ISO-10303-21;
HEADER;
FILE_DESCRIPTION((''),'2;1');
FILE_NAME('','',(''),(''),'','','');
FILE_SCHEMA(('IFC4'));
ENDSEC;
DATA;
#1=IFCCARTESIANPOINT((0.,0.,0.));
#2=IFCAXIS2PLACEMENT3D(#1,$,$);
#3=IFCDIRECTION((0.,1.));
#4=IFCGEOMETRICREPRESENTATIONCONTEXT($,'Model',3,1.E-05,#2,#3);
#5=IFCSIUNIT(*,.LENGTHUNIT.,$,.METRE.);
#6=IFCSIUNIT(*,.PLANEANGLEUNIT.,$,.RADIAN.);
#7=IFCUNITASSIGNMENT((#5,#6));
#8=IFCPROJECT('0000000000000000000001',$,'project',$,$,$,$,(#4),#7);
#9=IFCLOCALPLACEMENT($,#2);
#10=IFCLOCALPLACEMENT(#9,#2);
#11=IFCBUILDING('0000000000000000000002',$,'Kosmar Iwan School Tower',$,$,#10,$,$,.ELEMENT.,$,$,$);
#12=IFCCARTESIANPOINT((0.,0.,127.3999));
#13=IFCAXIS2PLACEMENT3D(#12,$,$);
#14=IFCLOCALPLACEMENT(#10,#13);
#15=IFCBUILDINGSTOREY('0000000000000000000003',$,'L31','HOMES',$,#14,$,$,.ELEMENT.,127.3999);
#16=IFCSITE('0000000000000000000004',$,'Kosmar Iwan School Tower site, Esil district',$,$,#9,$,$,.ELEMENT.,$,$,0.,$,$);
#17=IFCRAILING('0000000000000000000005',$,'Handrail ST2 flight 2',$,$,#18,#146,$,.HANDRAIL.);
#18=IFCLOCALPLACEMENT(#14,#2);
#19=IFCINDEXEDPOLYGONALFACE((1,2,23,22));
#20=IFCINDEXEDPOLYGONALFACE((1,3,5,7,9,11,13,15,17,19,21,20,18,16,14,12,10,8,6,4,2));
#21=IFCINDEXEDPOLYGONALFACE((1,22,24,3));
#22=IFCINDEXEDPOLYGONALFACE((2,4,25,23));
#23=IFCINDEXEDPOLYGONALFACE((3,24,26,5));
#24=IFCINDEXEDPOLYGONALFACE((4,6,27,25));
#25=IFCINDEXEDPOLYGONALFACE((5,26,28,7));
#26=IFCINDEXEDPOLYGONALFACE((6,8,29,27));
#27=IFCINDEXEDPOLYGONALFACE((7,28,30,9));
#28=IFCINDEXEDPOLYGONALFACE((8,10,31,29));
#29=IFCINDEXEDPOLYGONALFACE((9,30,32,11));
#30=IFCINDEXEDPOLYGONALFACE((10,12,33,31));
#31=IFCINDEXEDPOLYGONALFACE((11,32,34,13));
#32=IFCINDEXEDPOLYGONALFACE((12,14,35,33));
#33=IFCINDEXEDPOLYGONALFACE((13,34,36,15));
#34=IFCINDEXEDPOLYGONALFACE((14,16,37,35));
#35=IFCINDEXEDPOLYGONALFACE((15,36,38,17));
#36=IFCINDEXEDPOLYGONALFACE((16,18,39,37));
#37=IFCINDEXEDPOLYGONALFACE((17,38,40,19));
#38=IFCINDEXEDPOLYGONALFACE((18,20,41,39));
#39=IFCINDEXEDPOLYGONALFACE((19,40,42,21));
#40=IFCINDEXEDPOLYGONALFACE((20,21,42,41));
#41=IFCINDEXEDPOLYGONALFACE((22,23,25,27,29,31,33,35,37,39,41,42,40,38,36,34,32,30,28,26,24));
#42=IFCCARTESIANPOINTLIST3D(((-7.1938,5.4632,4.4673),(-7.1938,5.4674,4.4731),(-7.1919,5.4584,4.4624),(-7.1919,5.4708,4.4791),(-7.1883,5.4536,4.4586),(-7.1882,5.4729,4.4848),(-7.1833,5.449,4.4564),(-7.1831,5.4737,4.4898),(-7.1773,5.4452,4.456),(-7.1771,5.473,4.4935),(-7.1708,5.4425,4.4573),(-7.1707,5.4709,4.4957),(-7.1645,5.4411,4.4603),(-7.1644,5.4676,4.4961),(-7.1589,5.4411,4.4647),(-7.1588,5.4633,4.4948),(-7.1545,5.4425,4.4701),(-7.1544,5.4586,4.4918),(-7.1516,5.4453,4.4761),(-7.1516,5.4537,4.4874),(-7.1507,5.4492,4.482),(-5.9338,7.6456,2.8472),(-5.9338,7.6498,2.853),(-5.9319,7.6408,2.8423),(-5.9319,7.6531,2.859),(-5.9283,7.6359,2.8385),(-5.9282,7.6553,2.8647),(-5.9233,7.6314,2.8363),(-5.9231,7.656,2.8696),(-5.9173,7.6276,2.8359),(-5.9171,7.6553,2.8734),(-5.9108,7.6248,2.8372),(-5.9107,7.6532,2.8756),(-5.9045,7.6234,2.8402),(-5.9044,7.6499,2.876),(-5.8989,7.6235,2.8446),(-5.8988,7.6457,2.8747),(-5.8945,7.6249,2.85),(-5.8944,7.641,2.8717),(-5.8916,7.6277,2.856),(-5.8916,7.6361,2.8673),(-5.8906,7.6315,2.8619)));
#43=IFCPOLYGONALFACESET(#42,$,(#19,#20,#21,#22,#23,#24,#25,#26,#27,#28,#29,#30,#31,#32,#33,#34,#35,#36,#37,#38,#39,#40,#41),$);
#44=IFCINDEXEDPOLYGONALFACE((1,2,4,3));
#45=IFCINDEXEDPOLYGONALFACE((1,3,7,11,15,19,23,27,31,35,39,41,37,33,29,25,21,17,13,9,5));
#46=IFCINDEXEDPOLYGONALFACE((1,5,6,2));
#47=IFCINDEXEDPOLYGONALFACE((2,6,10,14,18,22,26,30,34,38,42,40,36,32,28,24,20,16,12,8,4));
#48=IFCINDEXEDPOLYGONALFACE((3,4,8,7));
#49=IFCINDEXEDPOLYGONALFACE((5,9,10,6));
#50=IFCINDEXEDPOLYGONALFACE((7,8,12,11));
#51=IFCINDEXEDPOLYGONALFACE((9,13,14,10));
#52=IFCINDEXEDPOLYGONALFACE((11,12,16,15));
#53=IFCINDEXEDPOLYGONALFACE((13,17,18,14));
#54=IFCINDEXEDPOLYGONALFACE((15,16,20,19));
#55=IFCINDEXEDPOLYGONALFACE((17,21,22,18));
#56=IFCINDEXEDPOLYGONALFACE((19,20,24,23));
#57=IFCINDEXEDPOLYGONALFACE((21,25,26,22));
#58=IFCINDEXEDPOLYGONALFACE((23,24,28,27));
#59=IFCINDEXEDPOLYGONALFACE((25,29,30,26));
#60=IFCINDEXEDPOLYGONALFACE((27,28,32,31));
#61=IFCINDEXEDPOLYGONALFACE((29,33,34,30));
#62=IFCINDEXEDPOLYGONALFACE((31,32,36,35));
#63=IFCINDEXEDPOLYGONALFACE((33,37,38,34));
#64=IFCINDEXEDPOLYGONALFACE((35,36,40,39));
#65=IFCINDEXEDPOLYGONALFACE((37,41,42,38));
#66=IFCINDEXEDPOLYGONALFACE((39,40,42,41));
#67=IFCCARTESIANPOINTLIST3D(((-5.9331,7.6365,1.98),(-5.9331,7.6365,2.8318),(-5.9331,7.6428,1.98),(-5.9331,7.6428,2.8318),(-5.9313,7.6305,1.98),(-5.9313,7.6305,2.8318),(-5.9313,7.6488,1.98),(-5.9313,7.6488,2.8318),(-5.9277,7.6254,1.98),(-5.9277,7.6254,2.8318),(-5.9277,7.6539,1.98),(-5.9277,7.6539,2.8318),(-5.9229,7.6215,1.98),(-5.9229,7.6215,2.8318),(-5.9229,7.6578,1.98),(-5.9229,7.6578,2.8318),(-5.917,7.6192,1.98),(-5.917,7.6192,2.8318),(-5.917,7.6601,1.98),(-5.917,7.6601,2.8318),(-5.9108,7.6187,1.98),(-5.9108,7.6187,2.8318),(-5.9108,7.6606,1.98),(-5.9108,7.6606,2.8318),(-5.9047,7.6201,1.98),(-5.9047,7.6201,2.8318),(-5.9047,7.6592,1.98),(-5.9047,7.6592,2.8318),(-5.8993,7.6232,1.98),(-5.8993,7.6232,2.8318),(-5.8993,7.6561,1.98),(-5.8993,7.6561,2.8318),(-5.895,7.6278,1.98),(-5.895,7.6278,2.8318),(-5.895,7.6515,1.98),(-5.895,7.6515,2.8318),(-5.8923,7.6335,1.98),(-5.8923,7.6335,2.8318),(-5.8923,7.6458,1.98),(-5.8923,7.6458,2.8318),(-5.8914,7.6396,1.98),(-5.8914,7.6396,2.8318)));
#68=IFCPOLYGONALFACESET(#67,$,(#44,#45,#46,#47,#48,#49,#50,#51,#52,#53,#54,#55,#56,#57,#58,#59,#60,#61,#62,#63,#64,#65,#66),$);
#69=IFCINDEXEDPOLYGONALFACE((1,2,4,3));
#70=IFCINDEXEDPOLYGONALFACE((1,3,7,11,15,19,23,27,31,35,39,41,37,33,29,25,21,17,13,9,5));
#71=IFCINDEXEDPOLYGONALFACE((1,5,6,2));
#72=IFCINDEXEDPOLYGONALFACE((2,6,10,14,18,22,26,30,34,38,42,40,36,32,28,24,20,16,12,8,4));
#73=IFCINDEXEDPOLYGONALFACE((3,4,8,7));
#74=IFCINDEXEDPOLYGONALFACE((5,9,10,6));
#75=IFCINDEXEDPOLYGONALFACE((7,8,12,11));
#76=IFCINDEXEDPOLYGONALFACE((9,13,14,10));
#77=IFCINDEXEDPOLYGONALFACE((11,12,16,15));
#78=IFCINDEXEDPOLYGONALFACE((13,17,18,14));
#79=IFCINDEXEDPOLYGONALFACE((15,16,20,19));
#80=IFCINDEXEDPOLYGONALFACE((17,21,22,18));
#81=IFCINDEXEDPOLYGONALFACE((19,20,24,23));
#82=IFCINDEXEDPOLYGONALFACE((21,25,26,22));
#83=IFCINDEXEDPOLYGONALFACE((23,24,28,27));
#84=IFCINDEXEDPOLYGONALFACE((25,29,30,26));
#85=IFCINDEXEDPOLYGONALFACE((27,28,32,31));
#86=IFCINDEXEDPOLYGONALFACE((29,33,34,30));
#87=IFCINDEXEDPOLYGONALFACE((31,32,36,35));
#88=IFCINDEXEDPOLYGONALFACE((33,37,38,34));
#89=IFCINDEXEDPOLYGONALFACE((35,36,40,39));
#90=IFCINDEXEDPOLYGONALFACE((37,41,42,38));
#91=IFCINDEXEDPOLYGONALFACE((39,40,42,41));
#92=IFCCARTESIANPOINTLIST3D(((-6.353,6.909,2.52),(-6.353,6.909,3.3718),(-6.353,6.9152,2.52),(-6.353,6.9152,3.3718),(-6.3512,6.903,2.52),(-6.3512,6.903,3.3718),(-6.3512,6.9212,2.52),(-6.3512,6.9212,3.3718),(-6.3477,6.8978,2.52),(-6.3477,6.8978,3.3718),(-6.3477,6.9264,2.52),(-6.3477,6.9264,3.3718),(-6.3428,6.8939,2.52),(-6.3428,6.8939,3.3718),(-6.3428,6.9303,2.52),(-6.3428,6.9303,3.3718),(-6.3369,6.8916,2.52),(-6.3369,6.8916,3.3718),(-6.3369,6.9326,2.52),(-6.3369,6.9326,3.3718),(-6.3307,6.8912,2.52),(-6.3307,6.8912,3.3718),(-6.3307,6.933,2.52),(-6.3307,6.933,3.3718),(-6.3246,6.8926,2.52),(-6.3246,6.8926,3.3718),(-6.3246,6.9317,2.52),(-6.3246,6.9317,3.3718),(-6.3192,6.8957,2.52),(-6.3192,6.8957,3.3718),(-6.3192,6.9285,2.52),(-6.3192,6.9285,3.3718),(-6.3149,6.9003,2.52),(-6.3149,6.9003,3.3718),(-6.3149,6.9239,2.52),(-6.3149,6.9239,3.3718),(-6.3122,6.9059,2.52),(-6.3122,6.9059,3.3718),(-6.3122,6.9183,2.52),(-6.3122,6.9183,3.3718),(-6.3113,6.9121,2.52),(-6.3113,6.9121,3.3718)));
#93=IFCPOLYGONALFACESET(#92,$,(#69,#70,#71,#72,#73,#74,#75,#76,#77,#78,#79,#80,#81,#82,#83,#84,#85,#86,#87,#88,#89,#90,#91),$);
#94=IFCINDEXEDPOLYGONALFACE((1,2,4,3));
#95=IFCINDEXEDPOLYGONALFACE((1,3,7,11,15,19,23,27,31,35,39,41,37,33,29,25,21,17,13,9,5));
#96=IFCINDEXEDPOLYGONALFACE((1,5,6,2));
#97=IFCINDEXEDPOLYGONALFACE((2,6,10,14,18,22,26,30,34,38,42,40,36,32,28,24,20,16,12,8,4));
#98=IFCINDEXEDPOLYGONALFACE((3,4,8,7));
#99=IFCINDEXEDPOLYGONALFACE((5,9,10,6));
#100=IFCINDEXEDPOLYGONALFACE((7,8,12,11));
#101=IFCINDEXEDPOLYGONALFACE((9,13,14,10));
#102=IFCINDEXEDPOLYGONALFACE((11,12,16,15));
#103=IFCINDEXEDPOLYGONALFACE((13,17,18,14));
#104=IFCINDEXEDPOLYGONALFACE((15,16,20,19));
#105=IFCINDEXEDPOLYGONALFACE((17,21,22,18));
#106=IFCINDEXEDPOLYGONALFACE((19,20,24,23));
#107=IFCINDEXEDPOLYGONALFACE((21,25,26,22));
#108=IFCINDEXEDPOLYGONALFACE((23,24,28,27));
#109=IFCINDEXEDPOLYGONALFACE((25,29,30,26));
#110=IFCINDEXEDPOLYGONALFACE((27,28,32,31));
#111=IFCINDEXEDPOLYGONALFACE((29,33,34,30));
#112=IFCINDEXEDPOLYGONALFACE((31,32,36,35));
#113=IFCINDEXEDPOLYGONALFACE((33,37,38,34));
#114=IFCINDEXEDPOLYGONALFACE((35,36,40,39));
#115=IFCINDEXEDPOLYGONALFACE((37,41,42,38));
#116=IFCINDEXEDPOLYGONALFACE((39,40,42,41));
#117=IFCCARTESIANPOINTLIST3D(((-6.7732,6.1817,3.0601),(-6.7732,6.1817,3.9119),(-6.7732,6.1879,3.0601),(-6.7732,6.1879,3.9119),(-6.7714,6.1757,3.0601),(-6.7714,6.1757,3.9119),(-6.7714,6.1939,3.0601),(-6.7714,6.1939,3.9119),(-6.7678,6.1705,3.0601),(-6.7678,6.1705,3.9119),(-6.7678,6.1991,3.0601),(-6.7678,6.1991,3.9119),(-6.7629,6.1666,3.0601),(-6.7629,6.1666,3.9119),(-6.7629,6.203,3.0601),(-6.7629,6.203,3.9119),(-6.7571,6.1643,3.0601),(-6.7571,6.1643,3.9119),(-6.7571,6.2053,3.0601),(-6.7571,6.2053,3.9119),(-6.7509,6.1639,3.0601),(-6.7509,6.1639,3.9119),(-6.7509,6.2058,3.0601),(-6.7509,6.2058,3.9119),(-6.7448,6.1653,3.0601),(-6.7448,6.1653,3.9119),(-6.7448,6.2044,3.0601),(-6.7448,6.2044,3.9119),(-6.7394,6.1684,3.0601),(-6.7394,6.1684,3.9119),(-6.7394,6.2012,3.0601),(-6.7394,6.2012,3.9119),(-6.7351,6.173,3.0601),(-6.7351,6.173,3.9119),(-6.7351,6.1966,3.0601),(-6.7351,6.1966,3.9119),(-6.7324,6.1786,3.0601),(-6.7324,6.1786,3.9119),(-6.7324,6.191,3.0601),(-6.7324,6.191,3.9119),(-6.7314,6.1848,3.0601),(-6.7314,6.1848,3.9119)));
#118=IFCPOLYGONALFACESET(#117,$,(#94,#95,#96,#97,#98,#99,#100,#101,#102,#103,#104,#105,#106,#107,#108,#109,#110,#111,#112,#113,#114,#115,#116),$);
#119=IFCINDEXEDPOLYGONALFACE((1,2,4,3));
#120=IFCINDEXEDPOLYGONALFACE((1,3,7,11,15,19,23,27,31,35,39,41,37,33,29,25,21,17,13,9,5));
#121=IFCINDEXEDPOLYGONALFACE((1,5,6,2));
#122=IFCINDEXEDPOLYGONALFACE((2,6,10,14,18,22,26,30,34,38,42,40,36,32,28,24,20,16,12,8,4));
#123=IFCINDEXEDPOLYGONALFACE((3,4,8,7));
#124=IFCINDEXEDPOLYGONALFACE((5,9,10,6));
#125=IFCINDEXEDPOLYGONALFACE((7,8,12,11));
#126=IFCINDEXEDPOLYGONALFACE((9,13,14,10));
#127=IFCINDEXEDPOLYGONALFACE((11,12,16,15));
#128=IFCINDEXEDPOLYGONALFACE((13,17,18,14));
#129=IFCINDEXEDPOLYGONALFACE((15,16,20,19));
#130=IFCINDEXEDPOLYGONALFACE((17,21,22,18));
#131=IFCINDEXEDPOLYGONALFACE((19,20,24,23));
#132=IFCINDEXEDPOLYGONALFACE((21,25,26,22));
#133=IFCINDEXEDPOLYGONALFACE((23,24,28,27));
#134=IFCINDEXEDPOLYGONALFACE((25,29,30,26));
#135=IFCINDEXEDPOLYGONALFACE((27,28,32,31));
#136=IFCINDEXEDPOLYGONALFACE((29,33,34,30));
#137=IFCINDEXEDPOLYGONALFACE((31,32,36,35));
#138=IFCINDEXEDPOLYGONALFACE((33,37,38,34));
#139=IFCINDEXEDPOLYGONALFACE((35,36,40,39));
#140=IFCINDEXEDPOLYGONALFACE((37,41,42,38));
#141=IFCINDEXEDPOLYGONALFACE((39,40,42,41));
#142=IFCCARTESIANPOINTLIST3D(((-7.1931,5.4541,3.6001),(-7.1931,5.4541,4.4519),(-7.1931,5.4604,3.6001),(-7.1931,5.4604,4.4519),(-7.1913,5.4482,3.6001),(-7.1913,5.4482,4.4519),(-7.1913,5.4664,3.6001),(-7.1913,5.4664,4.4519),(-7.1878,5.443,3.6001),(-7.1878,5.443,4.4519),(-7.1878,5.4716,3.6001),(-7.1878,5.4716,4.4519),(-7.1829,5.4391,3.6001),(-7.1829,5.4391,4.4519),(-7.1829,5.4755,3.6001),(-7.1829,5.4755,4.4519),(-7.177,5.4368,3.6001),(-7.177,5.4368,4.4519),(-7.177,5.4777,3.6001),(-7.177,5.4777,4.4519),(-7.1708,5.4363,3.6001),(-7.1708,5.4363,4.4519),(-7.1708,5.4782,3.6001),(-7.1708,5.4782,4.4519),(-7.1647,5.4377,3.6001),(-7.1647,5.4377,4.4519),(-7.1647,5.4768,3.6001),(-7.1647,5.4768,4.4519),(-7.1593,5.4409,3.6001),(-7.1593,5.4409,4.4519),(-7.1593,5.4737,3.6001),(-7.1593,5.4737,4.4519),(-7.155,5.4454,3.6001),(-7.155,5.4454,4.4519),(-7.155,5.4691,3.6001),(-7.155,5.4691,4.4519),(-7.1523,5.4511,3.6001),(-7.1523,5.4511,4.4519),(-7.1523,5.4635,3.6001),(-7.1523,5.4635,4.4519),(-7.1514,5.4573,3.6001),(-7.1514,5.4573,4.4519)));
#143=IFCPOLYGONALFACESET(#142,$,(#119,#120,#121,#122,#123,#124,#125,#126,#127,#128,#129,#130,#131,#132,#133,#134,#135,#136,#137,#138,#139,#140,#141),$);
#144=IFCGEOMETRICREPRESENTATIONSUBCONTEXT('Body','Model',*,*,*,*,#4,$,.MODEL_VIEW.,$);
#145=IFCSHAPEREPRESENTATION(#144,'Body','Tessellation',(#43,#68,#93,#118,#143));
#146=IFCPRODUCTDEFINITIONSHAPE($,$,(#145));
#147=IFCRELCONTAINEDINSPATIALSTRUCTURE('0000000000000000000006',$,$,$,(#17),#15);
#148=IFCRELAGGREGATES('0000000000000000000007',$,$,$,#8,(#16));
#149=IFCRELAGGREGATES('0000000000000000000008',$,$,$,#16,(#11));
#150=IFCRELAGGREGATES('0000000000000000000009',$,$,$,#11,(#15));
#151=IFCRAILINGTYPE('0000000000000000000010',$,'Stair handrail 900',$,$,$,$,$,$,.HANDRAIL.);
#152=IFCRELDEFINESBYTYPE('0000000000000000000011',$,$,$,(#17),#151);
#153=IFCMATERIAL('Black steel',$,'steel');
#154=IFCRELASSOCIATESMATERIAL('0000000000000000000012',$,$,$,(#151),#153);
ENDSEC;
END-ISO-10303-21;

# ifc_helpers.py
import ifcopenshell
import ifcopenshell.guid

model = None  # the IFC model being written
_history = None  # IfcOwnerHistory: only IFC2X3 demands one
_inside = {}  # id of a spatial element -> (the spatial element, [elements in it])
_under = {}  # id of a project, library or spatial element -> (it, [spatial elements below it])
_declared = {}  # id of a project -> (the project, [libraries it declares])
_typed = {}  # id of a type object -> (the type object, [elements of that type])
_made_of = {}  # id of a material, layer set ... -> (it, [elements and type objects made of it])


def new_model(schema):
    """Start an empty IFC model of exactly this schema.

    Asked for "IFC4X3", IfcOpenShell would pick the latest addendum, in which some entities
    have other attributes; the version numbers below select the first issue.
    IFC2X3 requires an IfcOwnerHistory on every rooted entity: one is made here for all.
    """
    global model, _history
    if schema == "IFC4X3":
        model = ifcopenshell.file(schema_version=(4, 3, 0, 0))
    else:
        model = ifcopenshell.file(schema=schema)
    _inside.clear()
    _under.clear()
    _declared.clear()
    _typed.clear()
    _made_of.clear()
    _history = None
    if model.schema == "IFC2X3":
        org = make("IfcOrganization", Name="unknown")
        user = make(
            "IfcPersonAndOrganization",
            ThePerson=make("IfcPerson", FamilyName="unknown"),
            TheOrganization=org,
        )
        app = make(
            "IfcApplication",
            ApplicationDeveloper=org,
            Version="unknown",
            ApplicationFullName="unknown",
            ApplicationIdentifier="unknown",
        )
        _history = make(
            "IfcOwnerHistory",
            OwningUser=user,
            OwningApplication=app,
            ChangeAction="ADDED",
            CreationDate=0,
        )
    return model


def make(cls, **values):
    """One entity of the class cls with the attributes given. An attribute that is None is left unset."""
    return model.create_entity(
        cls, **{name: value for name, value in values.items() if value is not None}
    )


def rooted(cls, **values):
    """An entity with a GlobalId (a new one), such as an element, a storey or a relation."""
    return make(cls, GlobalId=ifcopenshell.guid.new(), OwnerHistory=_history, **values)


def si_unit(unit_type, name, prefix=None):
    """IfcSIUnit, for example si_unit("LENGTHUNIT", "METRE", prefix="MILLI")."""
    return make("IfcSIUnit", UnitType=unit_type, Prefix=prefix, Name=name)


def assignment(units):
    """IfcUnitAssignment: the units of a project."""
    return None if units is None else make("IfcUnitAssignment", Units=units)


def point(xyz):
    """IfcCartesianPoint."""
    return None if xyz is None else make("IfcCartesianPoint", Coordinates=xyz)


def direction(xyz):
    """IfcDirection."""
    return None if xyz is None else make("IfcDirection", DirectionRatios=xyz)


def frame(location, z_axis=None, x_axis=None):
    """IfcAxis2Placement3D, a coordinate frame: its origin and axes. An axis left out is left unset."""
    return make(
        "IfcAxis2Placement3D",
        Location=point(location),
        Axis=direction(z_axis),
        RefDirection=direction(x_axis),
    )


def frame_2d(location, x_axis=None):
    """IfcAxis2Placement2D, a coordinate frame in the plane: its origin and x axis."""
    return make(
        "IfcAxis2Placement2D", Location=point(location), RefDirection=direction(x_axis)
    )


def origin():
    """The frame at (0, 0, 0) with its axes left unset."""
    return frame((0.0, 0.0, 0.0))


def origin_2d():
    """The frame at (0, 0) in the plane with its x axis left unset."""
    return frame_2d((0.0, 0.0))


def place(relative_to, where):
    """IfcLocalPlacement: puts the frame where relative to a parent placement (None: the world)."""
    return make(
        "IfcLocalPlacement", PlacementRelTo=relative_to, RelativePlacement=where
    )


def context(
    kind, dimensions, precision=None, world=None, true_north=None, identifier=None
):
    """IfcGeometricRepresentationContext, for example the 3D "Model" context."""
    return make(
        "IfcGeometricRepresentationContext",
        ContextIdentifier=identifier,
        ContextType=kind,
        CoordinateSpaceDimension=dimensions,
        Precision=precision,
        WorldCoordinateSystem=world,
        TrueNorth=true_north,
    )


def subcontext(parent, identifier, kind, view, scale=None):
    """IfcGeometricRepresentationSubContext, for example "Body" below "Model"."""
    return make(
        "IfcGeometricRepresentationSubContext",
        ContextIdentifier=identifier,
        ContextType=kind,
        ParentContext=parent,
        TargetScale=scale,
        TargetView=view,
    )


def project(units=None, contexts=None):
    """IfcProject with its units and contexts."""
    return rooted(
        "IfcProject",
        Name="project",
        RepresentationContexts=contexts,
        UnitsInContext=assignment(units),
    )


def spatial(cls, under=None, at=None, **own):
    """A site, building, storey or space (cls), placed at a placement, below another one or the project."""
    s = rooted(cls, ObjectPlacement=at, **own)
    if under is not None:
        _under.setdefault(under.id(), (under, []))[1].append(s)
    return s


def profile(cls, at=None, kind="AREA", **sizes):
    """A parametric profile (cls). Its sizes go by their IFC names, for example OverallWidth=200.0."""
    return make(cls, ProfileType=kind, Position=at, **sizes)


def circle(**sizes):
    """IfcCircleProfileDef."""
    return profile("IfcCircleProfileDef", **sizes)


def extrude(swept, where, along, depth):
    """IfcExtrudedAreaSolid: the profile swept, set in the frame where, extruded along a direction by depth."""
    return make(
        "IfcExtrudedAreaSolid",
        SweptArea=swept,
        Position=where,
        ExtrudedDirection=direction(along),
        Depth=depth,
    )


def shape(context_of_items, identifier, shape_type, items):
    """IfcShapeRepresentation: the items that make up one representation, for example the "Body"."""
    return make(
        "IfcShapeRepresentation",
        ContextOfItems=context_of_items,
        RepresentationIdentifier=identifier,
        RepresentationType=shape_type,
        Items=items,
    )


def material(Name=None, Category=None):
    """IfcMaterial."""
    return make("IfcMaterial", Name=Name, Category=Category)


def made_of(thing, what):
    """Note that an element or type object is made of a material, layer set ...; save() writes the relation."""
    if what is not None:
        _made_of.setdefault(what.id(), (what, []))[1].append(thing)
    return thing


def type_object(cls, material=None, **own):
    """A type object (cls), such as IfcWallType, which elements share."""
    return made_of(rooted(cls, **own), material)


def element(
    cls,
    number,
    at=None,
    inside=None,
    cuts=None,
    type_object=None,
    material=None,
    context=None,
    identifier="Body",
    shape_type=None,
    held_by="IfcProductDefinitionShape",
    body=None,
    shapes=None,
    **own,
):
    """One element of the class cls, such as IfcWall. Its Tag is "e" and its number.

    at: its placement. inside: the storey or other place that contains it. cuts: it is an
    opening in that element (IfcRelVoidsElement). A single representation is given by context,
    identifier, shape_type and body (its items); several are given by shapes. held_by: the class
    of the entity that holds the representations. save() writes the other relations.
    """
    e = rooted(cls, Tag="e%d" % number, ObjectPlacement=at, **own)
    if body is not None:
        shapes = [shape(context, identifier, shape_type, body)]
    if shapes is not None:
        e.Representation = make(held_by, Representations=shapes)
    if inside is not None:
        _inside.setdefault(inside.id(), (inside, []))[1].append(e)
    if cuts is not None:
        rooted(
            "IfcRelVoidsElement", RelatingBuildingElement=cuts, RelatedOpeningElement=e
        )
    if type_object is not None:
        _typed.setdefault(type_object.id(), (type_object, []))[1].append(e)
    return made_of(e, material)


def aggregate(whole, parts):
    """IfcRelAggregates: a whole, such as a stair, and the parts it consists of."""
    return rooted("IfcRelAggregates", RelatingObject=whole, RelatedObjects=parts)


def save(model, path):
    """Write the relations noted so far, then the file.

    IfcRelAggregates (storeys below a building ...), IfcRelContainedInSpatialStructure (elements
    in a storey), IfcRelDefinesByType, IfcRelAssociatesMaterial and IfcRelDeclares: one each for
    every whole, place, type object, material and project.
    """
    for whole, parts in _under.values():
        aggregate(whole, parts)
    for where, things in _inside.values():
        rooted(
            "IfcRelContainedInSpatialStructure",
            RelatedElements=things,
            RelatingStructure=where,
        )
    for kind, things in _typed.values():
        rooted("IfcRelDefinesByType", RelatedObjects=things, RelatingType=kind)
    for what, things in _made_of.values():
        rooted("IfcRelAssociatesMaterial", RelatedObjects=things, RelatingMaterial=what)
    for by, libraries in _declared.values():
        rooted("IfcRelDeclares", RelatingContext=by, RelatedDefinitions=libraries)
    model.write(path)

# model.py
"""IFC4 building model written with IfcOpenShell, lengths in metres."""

from ifc_helpers import new_model, si_unit, direction, frame, origin, origin_2d, place, context, subcontext, project, spatial, circle, extrude, material, type_object, element, save


model = new_model("IFC4")

# Units and contexts
model_context = context("Model", 3, precision=1e-05, world=origin(), true_north=direction((0.0, 1.0)))
body_context = subcontext(model_context, "Body", "Model", "MODEL_VIEW")
ifc_project = project(units=[si_unit("LENGTHUNIT", "METRE"), si_unit("PLANEANGLEUNIT", "RADIAN")], contexts=[model_context])

# Site, building, storey
site_placement = place(None, origin())
site = spatial("IfcSite", under=ifc_project, at=site_placement, Name="Kosmar Iwan School Tower site, Esil district", CompositionType="ELEMENT", RefElevation=0.0)
building_placement = place(site_placement, origin())
building = spatial("IfcBuilding", under=site, at=building_placement, Name="Kosmar Iwan School Tower", CompositionType="ELEMENT")
storey_placement = place(building_placement, frame((0.0, 0.0, 127.3999)))
storey = spatial("IfcBuildingStorey", under=building, at=storey_placement, Name="L31", Description="HOMES", CompositionType="ELEMENT", Elevation=127.3999)

# Railing
ifc_material_1 = material(Name="Black steel", Category="steel")
railing_type = type_object("IfcRailingType", Name="Stair handrail 900", PredefinedType="HANDRAIL", material=ifc_material_1)
railing_1_placement = place(storey_placement, frame((-5.9124, 7.6396, 1.98)))
element("IfcRailing", 1, at=railing_1_placement, inside=storey, type_object=railing_type, Name="Handrail ST2 flight 2", PredefinedType="HANDRAIL", context=body_context, shape_type="SweptSolid", body=[
    extrude(circle(Radius=0.0239, at=origin_2d()), frame((0.0, 0.0, 0.876), z_axis=(-0.420584, -0.728464, 0.540786), x_axis=(0.866023, -0.500005, 0.0)), (0.0, 0.0, 1.0), 2.9958),
    extrude(circle(Radius=0.021, at=origin_2d()), origin(), (0.0, 0.0, 1.0), 0.8518),
    extrude(circle(Radius=0.021, at=origin_2d()), frame((-0.4199, -0.7275, 0.54)), (0.0, 0.0, 1.0), 0.8518),
    extrude(circle(Radius=0.021, at=origin_2d()), frame((-0.8401, -1.4548, 1.0801)), (0.0, 0.0, 1.0), 0.8518),
    extrude(circle(Radius=0.021, at=origin_2d()), frame((-1.26, -2.1824, 1.6201)), (0.0, 0.0, 1.0), 0.8518),
])

save(model, "model.ifc")
